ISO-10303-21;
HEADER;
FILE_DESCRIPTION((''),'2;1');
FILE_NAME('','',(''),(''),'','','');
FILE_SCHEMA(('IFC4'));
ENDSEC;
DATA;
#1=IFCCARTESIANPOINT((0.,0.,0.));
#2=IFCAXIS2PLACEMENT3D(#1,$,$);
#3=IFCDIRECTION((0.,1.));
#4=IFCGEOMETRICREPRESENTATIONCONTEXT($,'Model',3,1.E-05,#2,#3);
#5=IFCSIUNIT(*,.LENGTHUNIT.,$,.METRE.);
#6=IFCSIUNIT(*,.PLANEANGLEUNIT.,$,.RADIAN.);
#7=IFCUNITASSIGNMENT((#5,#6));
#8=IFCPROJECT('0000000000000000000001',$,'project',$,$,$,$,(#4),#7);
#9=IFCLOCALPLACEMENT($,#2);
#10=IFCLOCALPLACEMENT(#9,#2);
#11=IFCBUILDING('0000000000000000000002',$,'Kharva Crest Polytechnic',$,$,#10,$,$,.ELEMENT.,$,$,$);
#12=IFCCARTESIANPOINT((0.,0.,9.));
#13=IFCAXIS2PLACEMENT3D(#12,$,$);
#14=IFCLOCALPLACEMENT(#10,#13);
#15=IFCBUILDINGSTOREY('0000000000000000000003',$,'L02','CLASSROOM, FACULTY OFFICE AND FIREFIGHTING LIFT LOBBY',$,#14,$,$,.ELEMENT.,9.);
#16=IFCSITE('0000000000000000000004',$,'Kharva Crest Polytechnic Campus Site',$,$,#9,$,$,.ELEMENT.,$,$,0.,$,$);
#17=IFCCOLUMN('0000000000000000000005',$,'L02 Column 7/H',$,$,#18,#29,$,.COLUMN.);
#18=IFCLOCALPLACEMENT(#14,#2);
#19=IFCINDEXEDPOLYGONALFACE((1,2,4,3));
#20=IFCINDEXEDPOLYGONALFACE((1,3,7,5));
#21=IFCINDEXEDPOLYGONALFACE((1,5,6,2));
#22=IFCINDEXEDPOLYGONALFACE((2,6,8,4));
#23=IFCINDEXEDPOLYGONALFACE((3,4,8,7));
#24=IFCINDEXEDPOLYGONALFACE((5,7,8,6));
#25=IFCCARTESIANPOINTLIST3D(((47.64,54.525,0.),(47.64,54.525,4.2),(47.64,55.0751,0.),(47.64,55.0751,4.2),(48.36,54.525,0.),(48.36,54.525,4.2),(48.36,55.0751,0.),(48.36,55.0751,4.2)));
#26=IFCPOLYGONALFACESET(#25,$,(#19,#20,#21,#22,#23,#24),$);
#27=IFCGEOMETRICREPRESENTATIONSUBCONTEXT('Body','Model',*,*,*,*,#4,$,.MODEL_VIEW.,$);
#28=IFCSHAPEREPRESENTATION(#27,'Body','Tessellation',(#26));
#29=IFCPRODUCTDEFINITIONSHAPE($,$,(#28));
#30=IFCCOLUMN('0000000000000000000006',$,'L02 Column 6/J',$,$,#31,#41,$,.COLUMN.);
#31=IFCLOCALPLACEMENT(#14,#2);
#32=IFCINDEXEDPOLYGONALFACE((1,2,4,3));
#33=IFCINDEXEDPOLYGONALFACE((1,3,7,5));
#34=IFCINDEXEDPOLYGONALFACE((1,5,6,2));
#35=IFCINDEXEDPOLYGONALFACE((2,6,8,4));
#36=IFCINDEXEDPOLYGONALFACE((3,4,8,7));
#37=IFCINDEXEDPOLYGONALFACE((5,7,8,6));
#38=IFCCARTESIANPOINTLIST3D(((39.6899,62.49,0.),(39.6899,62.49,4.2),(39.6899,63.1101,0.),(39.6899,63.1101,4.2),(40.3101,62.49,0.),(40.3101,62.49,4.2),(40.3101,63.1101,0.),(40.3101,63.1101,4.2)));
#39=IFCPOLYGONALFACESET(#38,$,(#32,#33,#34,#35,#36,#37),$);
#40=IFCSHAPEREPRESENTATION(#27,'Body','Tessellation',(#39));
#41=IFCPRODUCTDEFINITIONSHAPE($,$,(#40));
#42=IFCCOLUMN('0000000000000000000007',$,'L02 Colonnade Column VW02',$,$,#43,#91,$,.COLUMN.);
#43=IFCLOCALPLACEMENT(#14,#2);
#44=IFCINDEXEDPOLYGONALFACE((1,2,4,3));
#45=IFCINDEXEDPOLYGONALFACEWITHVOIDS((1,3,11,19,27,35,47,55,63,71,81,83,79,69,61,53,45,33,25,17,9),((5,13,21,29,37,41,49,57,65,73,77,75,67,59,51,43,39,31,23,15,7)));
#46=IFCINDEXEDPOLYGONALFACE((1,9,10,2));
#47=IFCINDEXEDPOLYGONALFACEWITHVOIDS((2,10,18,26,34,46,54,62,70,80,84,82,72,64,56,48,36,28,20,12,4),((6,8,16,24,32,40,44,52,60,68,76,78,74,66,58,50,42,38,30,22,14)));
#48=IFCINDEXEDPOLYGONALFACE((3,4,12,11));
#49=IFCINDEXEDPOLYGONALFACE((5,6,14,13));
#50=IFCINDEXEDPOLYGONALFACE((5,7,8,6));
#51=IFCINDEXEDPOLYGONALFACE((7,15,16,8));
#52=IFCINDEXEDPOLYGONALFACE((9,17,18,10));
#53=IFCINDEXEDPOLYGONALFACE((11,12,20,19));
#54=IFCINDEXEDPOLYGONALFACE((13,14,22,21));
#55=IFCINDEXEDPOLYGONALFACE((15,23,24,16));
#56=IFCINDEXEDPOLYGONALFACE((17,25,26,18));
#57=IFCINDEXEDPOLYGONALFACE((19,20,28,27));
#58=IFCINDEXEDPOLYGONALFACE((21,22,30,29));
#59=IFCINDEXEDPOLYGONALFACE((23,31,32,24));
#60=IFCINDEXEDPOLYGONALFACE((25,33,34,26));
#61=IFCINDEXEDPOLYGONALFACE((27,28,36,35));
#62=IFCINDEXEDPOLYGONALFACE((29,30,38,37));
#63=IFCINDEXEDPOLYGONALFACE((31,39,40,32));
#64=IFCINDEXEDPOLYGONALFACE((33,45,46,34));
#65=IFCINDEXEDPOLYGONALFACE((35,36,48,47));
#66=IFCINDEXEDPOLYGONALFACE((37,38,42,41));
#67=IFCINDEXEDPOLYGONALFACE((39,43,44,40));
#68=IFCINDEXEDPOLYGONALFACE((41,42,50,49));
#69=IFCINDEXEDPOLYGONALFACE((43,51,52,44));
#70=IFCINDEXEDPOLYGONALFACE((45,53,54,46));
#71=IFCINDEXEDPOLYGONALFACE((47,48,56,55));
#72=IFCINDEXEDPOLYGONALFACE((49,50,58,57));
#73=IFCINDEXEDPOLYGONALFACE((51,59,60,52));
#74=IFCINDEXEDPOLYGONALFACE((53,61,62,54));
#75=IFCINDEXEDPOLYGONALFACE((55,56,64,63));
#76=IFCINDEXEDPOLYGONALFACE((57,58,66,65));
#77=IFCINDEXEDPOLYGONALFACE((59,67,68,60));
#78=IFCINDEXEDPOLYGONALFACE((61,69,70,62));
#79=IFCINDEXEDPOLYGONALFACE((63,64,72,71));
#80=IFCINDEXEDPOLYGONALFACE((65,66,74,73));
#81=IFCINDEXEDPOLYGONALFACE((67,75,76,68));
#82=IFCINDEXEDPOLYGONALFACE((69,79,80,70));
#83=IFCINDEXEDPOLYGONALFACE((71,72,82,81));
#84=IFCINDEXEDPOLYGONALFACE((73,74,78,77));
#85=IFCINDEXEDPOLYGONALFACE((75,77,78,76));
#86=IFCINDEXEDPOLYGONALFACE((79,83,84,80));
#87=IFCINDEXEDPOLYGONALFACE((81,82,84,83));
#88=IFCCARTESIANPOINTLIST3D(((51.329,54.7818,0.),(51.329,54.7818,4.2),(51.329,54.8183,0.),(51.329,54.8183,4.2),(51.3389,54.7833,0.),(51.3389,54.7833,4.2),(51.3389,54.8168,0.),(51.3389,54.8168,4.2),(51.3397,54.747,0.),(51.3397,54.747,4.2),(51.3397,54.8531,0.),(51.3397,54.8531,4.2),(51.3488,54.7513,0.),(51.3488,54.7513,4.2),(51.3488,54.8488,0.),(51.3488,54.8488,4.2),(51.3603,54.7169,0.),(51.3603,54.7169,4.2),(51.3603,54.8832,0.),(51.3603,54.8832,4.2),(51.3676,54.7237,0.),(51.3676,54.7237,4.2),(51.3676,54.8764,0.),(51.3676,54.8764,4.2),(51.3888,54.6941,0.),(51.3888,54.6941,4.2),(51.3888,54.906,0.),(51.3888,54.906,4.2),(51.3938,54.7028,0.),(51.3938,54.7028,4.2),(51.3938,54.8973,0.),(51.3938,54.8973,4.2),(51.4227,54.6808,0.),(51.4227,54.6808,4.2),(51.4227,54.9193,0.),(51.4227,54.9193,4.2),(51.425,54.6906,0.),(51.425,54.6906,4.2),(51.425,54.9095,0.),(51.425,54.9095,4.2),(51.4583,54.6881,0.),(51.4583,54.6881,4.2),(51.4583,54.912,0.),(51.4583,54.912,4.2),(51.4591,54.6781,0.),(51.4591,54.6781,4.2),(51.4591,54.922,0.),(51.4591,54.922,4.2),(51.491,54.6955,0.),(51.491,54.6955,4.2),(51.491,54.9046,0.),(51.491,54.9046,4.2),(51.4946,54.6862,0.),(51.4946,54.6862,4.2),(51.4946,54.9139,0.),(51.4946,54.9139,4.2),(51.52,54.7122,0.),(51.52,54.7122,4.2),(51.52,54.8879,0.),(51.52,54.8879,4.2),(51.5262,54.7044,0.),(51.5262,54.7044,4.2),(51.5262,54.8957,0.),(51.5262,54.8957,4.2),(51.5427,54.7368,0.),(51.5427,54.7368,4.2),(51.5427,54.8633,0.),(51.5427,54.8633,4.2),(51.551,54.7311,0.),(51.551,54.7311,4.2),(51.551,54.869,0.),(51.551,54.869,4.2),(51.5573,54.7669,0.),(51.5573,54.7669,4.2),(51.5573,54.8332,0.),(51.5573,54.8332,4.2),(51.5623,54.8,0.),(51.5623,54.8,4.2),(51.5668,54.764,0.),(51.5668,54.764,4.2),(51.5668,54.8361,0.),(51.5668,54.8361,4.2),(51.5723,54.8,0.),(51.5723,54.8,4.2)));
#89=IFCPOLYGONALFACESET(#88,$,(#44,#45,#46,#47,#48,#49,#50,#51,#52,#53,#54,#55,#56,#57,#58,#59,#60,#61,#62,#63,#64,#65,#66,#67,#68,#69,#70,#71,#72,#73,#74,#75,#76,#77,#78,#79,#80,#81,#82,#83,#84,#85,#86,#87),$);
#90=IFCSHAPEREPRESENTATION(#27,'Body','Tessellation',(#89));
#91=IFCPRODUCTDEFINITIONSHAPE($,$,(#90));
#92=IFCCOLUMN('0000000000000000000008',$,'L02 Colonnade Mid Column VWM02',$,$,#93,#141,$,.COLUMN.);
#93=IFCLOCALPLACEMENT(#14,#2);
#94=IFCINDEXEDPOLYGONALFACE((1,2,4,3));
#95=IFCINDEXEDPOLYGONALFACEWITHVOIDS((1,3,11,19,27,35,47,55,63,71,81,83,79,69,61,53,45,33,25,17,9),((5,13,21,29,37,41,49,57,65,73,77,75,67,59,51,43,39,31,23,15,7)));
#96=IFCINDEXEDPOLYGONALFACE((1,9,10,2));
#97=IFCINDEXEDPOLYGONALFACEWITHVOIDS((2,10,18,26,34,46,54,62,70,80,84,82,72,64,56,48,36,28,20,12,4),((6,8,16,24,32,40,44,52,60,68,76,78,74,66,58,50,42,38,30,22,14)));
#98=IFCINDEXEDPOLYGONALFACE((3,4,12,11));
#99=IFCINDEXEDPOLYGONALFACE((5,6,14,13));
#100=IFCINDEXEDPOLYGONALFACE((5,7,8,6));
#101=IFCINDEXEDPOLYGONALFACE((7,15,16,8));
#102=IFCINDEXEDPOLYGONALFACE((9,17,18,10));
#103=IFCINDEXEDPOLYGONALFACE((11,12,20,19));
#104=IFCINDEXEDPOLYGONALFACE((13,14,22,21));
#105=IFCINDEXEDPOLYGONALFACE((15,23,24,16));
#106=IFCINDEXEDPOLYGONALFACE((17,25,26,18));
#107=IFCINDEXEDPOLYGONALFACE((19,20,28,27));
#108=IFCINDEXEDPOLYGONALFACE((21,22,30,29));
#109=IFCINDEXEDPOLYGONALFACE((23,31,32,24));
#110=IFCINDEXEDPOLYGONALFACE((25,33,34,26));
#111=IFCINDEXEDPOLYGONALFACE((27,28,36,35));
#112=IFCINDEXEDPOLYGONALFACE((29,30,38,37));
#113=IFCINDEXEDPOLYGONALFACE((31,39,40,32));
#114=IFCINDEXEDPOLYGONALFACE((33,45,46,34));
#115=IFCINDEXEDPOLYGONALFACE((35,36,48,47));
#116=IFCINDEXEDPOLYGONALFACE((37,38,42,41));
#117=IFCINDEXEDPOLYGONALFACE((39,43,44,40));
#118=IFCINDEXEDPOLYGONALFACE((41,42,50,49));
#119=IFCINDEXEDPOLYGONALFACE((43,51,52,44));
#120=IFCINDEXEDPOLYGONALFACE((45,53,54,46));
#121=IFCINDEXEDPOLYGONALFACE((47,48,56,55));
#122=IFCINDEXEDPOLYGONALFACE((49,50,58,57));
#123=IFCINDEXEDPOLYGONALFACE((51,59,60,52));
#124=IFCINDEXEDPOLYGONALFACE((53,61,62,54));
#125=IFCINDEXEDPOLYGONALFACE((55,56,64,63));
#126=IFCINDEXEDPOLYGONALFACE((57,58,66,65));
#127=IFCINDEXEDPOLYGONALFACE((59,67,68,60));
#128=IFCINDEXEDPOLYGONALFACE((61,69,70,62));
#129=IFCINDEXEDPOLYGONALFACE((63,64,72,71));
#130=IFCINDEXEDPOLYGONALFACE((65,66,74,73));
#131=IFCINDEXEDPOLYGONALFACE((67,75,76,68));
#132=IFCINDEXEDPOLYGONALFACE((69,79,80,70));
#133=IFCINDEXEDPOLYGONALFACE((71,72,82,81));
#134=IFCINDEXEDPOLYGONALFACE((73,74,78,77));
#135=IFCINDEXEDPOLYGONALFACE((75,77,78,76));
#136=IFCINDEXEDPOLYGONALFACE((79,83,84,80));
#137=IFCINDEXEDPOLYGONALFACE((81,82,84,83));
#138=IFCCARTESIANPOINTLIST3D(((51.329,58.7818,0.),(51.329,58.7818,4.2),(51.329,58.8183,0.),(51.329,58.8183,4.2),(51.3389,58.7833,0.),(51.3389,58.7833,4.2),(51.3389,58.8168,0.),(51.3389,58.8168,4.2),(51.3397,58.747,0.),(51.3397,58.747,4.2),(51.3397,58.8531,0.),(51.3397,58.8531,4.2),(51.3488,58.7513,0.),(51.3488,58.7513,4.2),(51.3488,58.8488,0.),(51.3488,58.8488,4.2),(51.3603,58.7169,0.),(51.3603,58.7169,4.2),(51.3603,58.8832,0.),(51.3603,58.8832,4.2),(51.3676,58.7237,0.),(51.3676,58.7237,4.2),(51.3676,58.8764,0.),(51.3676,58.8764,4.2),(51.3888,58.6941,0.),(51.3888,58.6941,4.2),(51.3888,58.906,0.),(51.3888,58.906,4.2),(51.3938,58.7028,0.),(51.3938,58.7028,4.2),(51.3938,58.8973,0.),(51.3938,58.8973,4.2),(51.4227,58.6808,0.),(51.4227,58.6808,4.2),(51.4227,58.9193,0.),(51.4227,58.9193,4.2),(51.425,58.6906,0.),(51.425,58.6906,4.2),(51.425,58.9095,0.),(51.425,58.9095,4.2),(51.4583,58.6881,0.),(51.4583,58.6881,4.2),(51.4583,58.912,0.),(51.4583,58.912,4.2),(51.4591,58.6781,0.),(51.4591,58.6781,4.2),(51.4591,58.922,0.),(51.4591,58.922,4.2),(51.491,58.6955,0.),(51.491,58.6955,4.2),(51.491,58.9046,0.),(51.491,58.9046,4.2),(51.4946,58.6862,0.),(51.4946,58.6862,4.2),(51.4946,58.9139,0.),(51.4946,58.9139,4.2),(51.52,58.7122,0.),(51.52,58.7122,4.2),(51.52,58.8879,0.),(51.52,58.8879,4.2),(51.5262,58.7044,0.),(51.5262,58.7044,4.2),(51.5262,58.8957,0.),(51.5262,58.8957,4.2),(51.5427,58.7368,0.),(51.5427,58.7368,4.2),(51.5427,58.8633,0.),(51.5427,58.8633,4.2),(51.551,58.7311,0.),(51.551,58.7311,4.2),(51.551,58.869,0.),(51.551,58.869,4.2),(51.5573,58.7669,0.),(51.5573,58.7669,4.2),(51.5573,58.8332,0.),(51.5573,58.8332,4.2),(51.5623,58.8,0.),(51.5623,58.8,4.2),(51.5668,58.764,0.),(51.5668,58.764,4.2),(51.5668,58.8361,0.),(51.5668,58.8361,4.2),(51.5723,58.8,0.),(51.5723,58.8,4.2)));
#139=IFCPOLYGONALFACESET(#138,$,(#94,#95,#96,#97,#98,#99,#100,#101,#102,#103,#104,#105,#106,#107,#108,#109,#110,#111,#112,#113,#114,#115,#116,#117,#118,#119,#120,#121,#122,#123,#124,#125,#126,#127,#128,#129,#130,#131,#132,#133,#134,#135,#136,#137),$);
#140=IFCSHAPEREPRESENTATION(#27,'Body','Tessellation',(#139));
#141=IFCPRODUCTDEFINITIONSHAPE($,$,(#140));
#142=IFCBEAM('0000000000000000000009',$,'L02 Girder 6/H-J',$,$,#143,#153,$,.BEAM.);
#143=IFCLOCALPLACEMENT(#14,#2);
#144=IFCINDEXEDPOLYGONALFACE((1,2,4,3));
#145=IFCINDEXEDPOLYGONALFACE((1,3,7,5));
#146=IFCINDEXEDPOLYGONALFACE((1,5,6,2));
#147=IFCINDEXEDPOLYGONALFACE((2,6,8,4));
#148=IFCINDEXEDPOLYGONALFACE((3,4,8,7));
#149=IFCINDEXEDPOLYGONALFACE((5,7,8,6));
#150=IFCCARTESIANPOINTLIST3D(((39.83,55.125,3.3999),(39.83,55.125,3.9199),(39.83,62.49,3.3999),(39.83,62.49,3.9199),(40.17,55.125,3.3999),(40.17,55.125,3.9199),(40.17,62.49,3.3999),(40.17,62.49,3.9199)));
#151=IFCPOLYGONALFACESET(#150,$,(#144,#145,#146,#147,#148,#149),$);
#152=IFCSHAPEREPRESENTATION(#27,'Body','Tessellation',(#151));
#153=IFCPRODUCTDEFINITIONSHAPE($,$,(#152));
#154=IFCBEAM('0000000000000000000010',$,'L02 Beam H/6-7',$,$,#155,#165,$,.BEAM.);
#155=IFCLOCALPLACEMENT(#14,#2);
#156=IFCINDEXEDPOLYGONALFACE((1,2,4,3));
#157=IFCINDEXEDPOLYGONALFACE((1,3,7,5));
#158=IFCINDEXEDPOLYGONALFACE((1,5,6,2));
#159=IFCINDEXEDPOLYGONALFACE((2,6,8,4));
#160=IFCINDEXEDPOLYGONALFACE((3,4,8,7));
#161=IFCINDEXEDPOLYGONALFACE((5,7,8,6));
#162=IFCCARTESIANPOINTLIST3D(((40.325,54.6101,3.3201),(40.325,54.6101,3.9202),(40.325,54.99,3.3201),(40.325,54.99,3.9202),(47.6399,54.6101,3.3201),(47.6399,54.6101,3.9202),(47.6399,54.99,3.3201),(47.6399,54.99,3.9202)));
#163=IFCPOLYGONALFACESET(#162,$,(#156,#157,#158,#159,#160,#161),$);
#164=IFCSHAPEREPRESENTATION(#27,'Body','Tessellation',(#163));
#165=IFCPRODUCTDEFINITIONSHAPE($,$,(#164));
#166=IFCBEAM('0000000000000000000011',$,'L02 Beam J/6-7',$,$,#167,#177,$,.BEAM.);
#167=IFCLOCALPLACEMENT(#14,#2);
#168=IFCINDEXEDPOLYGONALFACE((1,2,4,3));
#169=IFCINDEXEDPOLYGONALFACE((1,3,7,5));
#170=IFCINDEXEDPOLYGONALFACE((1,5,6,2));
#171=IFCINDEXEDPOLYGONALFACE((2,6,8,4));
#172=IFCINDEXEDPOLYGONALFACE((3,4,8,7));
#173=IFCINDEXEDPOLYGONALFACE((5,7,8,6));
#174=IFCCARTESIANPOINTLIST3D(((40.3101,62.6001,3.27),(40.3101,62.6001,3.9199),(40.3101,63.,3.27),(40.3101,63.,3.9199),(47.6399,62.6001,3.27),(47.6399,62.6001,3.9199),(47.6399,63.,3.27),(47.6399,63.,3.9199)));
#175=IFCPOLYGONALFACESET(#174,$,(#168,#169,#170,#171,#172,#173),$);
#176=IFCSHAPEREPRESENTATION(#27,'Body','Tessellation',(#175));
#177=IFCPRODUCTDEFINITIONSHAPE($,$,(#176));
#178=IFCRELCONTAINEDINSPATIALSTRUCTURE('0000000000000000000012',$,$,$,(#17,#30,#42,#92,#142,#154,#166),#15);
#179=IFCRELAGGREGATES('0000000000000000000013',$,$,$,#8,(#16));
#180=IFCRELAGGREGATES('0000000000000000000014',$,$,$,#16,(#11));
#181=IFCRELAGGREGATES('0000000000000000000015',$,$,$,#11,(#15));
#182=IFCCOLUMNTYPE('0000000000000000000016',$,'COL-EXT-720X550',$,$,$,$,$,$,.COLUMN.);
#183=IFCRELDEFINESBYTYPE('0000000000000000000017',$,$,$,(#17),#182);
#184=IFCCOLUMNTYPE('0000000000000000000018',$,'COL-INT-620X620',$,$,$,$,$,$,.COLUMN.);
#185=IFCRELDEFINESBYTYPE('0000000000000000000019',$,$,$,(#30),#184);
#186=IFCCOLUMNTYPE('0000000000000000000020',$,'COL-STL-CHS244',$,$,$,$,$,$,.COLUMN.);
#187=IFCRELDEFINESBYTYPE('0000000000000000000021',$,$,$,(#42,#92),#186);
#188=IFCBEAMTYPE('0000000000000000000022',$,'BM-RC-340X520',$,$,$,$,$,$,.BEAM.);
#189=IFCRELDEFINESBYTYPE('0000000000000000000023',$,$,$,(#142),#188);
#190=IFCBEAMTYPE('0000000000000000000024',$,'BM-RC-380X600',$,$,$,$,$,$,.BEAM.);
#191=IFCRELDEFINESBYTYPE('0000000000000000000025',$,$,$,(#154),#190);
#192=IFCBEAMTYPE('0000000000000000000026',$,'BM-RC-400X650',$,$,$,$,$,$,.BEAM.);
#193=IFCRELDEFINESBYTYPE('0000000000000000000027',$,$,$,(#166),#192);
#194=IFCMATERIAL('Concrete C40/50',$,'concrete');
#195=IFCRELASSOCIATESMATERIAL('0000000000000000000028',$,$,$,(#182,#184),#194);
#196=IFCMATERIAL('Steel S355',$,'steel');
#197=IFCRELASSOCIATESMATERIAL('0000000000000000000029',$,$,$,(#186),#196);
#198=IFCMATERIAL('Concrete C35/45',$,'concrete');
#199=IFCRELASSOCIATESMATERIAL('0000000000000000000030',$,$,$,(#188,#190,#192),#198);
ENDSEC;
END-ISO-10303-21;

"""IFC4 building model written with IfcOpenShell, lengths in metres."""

from ifc_helpers import new_model, si_unit, direction, frame, origin, origin_2d, place, context, subcontext, project, spatial, rectangle, hollow_circle, extrude, material, material_profile, profile_set, type_object, element, save


model = new_model("IFC4")

# Units and contexts
model_context = context("Model", 3, precision=1e-05, world=origin(), true_north=direction((0.0, 1.0)))
body_context = subcontext(model_context, "Body", "Model", "MODEL_VIEW")
ifc_project = project(units=[si_unit("LENGTHUNIT", "METRE"), si_unit("PLANEANGLEUNIT", "RADIAN")], contexts=[model_context])

# Site, building, storey
site_placement = place(None, origin())
site = spatial("IfcSite", under=ifc_project, at=site_placement, Name="Kharva Crest Polytechnic Campus Site", CompositionType="ELEMENT", RefElevation=0.0)
building_placement = place(site_placement, origin())
building = spatial("IfcBuilding", under=site, at=building_placement, Name="Kharva Crest Polytechnic", CompositionType="ELEMENT")
storey_placement = place(building_placement, frame((0.0, 0.0, 9.0)))
storey = spatial("IfcBuildingStorey", under=building, at=storey_placement, Name="L02", Description="CLASSROOM, FACULTY OFFICE AND FIREFIGHTING LIFT LOBBY", CompositionType="ELEMENT", Elevation=9.0)

# Columns
ifc_material_1 = material(Name="Concrete C40/50", Category="concrete")
ifc_material_profile_1 = material_profile(ifc_material_1, rectangle(XDim=0.72, YDim=0.55, at=origin_2d()), Name="RECT 720 X 550")
ifc_profile_set_1 = profile_set([ifc_material_profile_1], Name="Concrete C40/50")
column_type_1 = type_object("IfcColumnType", Name="COL-EXT-720X550", PredefinedType="COLUMN", material=ifc_profile_set_1)
column_1_placement = place(storey_placement, frame((48.0, 54.8, 0.0), z_axis=(0.0, 0.0, 1.0), x_axis=(1.0, 0.0, 0.0)))
element("IfcColumn", 1, at=column_1_placement, inside=storey, type_object=column_type_1, Name="L02 Column 7/H", PredefinedType="COLUMN", context=body_context, shape_type="SweptSolid", body=[
    extrude(rectangle(XDim=0.72, YDim=0.55, at=origin_2d()), origin(), (0.0, 0.0, 1.0), 4.2),
])
ifc_material_profile_2 = material_profile(ifc_material_1, rectangle(XDim=0.6201, YDim=0.6201, at=origin_2d()), Name="RECT 620 X 620")
ifc_profile_set_2 = profile_set([ifc_material_profile_2], Name="Concrete C40/50")
column_type_2 = type_object("IfcColumnType", Name="COL-INT-620X620", PredefinedType="COLUMN", material=ifc_profile_set_2)
column_2_placement = place(storey_placement, frame((40.0, 62.8, 0.0), z_axis=(0.0, 0.0, 1.0), x_axis=(1.0, 0.0, 0.0)))
element("IfcColumn", 2, at=column_2_placement, inside=storey, type_object=column_type_2, Name="L02 Column 6/J", PredefinedType="COLUMN", context=body_context, shape_type="SweptSolid", body=[
    extrude(rectangle(XDim=0.6201, YDim=0.6201, at=origin_2d()), origin(), (0.0, 0.0, 1.0), 4.2),
])
ifc_material_2 = material(Name="Steel S355", Category="steel")
ifc_material_profile_3 = material_profile(ifc_material_2, hollow_circle(Radius=0.1223, WallThickness=0.01, at=origin_2d()), Name="CHS 244.5X10.0")
ifc_profile_set_3 = profile_set([ifc_material_profile_3], Name="Steel S355")
column_type_3 = type_object("IfcColumnType", Name="COL-STL-CHS244", PredefinedType="COLUMN", material=ifc_profile_set_3)
for number, where, z_axis, x_axis, name in (
    (3, (51.45, 54.8, 0.0), (0.0, 0.0, 1.0), (1.0, 0.0, 0.0), "L02 Colonnade Column VW02"),
    (4, (51.45, 58.8, 0.0), (0.0, 0.0, 1.0), (1.0, 0.0, 0.0), "L02 Colonnade Mid Column VWM02"),
):
    element("IfcColumn", number, at=place(storey_placement, frame(where, z_axis=z_axis, x_axis=x_axis)), inside=storey, type_object=column_type_3, Name=name, PredefinedType="COLUMN", context=body_context, shape_type="SweptSolid", body=[
        extrude(hollow_circle(Radius=0.1223, WallThickness=0.01, at=origin_2d()), origin(), (0.0, 0.0, 1.0), 4.2),
    ])

# Beams
ifc_material_3 = material(Name="Concrete C35/45", Category="concrete")
ifc_material_profile_4 = material_profile(ifc_material_3, rectangle(XDim=0.3401, YDim=0.52, at=origin_2d()), Name="RECT 340 X 520")
ifc_profile_set_4 = profile_set([ifc_material_profile_4], Name="Concrete C35/45")
beam_type_1 = type_object("IfcBeamType", Name="BM-RC-340X520", PredefinedType="BEAM", material=ifc_profile_set_4)
beam_1_placement = place(storey_placement, frame((40.0, 55.125, 3.6599), z_axis=(0.0, 1.0, 0.0), x_axis=(-1.0, 0.0, 0.0)))
element("IfcBeam", 5, at=beam_1_placement, inside=storey, type_object=beam_type_1, Name="L02 Girder 6/H-J", PredefinedType="BEAM", context=body_context, shape_type="SweptSolid", body=[
    extrude(rectangle(XDim=0.3401, YDim=0.52, at=origin_2d()), origin(), (0.0, 0.0, 1.0), 7.365),
])
ifc_material_profile_5 = material_profile(ifc_material_3, rectangle(XDim=0.3799, YDim=0.6001, at=origin_2d()), Name="RECT 380 X 600")
ifc_profile_set_5 = profile_set([ifc_material_profile_5], Name="Concrete C35/45")
beam_type_2 = type_object("IfcBeamType", Name="BM-RC-380X600", PredefinedType="BEAM", material=ifc_profile_set_5)
beam_2_placement = place(storey_placement, frame((40.325, 54.8, 3.6201), z_axis=(1.0, 0.0, 0.0), x_axis=(0.0, 1.0, 0.0)))
element("IfcBeam", 6, at=beam_2_placement, inside=storey, type_object=beam_type_2, Name="L02 Beam H/6-7", PredefinedType="BEAM", context=body_context, shape_type="SweptSolid", body=[
    extrude(rectangle(XDim=0.3799, YDim=0.6001, at=origin_2d()), origin(), (0.0, 0.0, 1.0), 7.3149),
])
ifc_material_profile_6 = material_profile(ifc_material_3, rectangle(XDim=0.3999, YDim=0.6499, at=origin_2d()), Name="RECT 400 X 650")
ifc_profile_set_6 = profile_set([ifc_material_profile_6], Name="Concrete C35/45")
beam_type_3 = type_object("IfcBeamType", Name="BM-RC-400X650", PredefinedType="BEAM", material=ifc_profile_set_6)
beam_3_placement = place(storey_placement, frame((40.3101, 62.8, 3.595), z_axis=(1.0, 0.0, 0.0), x_axis=(0.0, 1.0, 0.0)))
element("IfcBeam", 7, at=beam_3_placement, inside=storey, type_object=beam_type_3, Name="L02 Beam J/6-7", PredefinedType="BEAM", context=body_context, shape_type="SweptSolid", body=[
    extrude(rectangle(XDim=0.3999, YDim=0.6499, at=origin_2d()), origin(), (0.0, 0.0, 1.0), 7.3298),
])

save(model, "model.ifc")
